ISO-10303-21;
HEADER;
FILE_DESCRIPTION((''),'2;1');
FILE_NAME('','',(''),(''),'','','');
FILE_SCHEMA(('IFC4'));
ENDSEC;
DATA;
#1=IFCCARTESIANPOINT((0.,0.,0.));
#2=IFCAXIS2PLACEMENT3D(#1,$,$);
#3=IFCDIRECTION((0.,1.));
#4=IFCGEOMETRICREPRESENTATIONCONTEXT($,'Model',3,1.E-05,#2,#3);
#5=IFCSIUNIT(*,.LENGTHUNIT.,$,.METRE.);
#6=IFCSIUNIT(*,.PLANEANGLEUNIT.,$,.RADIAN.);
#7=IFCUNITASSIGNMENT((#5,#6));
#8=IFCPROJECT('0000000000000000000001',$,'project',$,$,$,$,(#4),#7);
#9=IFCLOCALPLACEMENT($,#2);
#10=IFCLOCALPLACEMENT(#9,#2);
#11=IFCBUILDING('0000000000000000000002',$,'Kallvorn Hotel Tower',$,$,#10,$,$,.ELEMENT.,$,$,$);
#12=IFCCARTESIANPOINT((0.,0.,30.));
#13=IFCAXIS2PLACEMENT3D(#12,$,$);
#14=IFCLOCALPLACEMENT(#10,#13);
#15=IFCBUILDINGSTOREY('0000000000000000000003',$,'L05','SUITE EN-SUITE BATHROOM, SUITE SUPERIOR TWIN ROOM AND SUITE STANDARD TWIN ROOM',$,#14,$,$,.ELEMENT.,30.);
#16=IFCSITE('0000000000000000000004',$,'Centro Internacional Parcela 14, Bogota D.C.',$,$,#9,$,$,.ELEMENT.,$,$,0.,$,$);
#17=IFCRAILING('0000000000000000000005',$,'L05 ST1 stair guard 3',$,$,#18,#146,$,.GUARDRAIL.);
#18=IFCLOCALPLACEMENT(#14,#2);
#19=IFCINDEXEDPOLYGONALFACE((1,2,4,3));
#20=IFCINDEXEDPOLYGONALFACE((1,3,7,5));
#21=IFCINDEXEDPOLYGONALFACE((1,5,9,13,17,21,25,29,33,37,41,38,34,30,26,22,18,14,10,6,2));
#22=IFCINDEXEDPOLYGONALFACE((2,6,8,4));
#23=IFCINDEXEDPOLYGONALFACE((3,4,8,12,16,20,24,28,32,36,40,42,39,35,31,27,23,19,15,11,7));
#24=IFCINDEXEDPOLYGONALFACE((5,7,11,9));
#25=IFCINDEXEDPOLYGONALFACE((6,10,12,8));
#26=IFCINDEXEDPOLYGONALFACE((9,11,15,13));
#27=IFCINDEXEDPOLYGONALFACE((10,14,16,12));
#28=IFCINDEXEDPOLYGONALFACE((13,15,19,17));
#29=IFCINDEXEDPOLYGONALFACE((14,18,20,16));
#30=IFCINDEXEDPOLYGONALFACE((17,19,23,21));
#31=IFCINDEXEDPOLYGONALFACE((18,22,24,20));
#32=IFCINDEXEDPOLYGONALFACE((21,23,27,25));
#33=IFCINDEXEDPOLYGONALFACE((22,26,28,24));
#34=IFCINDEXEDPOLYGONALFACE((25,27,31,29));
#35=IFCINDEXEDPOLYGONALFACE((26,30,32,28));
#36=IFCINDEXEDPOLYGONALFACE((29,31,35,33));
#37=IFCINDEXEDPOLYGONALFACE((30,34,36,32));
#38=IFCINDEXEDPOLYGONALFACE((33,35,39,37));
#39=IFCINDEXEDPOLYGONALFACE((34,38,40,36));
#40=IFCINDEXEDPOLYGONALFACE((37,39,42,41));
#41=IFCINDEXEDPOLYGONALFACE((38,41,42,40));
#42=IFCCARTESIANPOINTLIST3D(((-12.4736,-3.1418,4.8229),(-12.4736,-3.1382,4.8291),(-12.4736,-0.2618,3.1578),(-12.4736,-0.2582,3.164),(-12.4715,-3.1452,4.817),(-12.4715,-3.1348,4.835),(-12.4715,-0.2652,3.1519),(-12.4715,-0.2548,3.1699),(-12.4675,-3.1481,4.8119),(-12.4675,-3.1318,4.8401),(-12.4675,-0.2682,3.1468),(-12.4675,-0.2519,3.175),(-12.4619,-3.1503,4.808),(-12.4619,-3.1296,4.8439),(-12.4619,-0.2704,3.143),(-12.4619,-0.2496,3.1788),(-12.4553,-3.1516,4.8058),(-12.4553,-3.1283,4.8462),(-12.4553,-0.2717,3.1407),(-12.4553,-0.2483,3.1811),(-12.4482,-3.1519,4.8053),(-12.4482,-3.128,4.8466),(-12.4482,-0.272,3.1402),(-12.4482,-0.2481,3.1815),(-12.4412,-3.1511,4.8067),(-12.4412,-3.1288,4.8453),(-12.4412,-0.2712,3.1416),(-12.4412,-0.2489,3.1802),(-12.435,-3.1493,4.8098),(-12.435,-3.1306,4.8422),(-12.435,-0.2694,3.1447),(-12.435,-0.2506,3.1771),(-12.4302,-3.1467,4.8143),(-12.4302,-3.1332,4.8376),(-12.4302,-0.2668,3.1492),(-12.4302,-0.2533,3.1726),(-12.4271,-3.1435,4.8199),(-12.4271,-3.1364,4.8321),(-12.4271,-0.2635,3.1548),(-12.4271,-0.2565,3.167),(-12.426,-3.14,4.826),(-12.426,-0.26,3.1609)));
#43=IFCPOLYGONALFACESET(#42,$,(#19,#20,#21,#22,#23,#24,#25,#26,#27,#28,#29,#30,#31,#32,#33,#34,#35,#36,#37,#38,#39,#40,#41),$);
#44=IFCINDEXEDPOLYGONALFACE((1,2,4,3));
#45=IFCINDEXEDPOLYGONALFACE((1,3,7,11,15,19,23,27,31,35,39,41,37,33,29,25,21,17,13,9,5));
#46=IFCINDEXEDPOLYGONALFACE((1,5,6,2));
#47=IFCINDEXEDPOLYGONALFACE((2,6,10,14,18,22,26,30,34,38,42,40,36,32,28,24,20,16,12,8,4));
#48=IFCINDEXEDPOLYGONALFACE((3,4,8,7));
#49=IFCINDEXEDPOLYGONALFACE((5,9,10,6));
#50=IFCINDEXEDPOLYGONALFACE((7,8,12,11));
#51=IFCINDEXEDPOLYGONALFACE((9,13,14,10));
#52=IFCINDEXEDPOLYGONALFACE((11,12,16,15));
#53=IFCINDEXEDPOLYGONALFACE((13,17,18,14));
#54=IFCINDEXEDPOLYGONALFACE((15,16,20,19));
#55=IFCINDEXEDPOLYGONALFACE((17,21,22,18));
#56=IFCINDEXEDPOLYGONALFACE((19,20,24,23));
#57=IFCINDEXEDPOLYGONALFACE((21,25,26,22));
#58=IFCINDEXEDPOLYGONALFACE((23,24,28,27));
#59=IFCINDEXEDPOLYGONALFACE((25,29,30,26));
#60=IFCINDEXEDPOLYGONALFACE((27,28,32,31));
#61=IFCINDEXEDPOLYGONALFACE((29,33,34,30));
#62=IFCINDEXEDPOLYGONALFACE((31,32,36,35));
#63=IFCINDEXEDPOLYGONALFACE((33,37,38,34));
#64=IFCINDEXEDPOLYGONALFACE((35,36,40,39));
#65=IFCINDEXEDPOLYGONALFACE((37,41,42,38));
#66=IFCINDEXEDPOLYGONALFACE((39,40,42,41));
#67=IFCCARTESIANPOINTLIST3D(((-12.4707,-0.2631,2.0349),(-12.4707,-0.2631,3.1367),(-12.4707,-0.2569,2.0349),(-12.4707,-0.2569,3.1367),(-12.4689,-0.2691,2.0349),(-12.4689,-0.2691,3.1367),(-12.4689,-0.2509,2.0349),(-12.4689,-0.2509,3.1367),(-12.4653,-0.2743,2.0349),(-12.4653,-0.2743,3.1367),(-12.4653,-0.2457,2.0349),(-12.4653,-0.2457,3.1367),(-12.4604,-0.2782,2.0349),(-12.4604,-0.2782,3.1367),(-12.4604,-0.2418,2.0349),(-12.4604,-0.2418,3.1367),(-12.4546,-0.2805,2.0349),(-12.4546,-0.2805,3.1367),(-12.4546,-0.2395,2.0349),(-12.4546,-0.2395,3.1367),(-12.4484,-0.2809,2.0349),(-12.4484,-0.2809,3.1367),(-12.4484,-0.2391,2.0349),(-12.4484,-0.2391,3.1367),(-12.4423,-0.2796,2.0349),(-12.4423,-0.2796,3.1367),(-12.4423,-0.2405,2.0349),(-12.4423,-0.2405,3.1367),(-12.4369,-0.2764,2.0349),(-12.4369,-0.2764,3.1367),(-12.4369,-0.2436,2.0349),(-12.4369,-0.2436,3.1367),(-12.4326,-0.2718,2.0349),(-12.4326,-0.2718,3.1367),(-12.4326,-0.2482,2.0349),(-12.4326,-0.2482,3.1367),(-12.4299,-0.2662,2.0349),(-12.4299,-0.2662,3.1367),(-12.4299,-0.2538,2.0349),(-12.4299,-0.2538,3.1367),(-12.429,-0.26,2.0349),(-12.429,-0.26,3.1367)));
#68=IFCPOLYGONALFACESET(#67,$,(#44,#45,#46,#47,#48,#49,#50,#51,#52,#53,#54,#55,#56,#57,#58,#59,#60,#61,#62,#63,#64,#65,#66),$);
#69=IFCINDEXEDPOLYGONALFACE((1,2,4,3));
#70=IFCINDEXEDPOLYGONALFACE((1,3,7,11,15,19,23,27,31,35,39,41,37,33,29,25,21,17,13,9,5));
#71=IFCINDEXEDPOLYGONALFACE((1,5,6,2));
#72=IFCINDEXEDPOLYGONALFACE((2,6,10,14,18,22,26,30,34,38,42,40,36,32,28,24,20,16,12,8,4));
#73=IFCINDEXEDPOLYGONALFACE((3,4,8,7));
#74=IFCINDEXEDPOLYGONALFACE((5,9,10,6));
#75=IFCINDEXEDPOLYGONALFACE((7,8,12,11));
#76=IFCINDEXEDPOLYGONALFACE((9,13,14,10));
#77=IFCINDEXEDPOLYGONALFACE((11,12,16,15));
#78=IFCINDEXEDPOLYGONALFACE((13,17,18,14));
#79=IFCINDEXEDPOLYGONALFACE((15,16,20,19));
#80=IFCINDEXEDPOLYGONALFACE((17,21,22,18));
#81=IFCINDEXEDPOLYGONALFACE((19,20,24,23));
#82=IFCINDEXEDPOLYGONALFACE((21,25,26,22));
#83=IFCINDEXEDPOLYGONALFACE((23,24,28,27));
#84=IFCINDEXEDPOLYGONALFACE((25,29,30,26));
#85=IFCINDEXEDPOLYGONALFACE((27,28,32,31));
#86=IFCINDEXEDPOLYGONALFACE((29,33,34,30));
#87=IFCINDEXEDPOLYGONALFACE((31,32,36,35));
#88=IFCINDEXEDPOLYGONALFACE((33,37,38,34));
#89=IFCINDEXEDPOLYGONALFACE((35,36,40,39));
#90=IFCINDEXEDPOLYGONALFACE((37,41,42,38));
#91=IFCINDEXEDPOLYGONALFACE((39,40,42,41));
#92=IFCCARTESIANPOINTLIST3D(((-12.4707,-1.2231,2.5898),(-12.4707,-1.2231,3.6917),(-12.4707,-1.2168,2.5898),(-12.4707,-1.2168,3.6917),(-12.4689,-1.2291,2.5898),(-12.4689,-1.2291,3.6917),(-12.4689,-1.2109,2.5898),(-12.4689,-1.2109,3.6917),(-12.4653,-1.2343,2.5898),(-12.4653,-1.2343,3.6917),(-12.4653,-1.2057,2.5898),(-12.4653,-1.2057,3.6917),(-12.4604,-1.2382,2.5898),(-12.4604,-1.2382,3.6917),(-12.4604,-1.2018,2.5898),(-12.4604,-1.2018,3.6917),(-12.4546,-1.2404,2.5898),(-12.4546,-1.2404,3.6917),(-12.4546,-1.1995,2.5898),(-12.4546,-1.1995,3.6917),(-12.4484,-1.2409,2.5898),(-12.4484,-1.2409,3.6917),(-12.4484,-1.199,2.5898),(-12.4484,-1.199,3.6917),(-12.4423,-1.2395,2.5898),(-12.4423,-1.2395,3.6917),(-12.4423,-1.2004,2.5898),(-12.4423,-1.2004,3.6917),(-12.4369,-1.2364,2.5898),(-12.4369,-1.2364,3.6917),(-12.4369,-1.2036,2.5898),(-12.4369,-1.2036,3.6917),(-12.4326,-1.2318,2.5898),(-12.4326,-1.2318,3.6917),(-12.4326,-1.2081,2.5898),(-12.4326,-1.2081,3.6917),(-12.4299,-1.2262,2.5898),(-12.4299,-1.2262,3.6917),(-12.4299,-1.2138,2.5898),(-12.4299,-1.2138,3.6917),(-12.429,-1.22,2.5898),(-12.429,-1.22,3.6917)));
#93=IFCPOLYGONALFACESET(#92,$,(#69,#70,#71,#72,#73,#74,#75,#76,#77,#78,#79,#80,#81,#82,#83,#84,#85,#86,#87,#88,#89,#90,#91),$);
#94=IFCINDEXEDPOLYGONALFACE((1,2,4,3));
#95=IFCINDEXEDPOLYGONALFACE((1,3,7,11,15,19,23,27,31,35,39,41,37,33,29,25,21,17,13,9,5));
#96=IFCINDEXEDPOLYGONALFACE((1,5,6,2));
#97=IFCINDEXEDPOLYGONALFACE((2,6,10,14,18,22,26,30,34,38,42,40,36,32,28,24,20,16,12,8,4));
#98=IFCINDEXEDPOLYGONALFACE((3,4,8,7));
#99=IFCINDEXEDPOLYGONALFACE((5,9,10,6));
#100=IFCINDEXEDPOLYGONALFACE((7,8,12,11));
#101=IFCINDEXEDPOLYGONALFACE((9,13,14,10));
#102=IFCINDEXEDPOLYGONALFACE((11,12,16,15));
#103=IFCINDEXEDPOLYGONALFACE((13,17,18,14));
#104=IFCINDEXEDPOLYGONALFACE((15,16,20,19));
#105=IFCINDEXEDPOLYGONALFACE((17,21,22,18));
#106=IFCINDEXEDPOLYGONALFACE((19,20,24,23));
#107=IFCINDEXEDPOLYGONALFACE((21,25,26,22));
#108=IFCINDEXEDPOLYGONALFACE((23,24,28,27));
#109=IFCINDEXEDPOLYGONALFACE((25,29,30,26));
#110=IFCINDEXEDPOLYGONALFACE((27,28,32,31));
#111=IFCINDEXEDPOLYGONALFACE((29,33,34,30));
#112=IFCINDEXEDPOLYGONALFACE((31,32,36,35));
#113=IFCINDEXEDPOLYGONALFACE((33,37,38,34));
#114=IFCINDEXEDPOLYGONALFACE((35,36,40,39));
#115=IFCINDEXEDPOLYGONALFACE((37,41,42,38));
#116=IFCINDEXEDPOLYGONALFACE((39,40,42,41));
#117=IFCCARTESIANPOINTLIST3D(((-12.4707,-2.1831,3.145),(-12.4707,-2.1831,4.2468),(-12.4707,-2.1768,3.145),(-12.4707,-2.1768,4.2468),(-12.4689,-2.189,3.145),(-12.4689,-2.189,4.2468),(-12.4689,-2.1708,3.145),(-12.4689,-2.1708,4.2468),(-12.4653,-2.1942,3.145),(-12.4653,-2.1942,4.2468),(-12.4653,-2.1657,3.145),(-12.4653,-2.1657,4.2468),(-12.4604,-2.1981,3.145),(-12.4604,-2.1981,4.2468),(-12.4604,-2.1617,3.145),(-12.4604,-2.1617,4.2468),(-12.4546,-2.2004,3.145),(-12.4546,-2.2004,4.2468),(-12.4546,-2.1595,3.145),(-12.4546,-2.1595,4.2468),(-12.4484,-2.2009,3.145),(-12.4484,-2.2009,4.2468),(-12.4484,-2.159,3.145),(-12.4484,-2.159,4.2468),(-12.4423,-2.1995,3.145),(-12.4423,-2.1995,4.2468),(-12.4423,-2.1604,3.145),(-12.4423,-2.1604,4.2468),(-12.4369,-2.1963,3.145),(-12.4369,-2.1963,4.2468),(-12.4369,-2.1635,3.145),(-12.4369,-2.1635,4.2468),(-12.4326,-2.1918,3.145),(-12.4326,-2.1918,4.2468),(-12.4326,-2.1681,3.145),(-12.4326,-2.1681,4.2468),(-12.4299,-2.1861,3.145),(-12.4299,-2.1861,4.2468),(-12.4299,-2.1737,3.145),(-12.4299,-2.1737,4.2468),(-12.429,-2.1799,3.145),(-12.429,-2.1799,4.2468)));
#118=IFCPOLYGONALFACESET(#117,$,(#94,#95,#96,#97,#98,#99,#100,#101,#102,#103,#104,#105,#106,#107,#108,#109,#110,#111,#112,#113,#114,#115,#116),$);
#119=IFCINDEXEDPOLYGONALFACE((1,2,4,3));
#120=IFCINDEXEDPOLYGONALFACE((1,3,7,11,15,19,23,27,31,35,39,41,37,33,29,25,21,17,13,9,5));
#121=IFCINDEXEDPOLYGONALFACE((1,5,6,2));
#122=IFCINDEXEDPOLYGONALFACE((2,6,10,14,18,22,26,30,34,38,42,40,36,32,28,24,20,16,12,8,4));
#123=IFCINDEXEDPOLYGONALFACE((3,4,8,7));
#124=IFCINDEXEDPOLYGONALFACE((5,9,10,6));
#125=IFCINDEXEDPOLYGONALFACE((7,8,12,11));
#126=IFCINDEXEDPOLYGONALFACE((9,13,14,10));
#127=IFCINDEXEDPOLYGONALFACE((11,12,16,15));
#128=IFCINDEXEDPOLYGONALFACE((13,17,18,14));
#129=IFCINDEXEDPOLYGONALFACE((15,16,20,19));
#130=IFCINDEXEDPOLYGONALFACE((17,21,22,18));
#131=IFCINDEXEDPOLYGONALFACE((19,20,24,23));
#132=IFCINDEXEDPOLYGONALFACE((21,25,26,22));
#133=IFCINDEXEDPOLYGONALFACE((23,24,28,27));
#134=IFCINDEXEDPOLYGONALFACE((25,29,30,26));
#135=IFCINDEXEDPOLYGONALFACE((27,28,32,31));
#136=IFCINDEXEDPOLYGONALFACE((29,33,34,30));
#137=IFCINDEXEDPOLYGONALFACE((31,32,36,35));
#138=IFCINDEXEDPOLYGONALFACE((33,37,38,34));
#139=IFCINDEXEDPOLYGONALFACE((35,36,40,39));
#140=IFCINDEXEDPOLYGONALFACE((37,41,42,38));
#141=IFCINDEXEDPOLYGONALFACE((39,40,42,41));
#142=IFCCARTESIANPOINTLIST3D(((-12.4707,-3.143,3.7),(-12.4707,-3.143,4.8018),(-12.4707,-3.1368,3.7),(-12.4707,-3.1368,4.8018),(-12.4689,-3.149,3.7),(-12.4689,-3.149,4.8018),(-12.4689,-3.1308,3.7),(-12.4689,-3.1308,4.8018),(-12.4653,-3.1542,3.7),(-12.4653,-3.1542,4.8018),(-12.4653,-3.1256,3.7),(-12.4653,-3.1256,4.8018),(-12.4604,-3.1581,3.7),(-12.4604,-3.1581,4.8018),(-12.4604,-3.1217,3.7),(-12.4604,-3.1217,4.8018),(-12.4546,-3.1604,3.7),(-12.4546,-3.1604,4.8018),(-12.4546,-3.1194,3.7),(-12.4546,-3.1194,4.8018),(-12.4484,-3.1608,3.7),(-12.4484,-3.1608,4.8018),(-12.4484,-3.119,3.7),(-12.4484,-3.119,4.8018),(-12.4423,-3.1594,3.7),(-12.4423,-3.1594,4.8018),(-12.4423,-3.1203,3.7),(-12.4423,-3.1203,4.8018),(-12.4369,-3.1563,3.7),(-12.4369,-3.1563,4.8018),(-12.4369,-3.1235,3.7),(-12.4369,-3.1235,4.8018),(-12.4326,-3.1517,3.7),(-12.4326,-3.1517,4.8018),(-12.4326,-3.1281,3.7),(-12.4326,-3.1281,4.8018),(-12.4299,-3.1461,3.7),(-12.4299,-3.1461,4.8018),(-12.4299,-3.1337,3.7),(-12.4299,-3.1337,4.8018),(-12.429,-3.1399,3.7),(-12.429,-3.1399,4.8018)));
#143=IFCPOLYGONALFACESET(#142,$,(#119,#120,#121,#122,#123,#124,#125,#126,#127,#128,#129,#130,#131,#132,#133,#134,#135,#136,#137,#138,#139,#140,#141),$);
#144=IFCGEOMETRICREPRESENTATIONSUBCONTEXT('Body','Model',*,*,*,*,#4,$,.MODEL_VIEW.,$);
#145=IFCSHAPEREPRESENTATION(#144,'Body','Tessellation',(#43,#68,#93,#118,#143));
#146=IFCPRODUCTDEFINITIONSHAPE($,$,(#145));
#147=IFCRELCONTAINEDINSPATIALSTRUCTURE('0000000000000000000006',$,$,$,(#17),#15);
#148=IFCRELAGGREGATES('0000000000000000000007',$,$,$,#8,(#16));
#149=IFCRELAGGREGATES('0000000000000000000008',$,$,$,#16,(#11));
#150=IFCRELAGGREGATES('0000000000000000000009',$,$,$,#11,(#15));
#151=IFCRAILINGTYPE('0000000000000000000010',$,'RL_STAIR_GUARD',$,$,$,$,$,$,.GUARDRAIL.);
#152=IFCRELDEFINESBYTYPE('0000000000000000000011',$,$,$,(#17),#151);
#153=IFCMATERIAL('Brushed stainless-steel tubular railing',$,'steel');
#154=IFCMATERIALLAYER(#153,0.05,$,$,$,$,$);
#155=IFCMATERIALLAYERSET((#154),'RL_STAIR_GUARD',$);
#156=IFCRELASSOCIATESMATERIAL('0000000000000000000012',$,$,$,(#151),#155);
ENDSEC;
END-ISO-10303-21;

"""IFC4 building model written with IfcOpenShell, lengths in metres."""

from ifc_helpers import new_model, si_unit, direction, frame, origin, origin_2d, place, context, subcontext, project, spatial, circle, extrude, material, layer, layer_set, type_object, element, save


model = new_model("IFC4")

# Units and contexts
model_context = context("Model", 3, precision=1e-05, world=origin(), true_north=direction((0.0, 1.0)))
body_context = subcontext(model_context, "Body", "Model", "MODEL_VIEW")
ifc_project = project(units=[si_unit("LENGTHUNIT", "METRE"), si_unit("PLANEANGLEUNIT", "RADIAN")], contexts=[model_context])

# Site, building, storey
site_placement = place(None, origin())
site = spatial("IfcSite", under=ifc_project, at=site_placement, Name="Centro Internacional Parcela 14, Bogota D.C.", CompositionType="ELEMENT", RefElevation=0.0)
building_placement = place(site_placement, origin())
building = spatial("IfcBuilding", under=site, at=building_placement, Name="Kallvorn Hotel Tower", CompositionType="ELEMENT")
storey_placement = place(building_placement, frame((0.0, 0.0, 30.0)))
storey = spatial("IfcBuildingStorey", under=building, at=storey_placement, Name="L05", Description="SUITE EN-SUITE BATHROOM, SUITE SUPERIOR TWIN ROOM AND SUITE STANDARD TWIN ROOM", CompositionType="ELEMENT", Elevation=30.0)

# Railing
ifc_material_1 = material(Name="Brushed stainless-steel tubular railing", Category="steel")
ifc_layer_1 = layer(ifc_material_1, 0.05)
ifc_layer_set_1 = layer_set([ifc_layer_1], Name="RL_STAIR_GUARD")
railing_type_1 = type_object("IfcRailingType", Name="RL_STAIR_GUARD", PredefinedType="GUARDRAIL", material=ifc_layer_set_1)
railing_1_placement = place(storey_placement, frame((-12.45, -0.26, 2.0349)))
element("IfcRailing", 1, at=railing_1_placement, inside=storey, type_object=railing_type_1, Name="L05 ST1 stair guard 3", PredefinedType="GUARDRAIL", context=body_context, shape_type="SweptSolid", body=[
    extrude(circle(Radius=0.0239, at=origin_2d()), frame((0.0, 0.0, 1.126), z_axis=(0.0, -0.865721, 0.500527), x_axis=(1.0, 0.0, 0.0)), (0.0, 0.0, 1.0), 3.3267),
    extrude(circle(Radius=0.021, at=origin_2d()), origin(), (0.0, 0.0, 1.0), 1.1018),
    extrude(circle(Radius=0.021, at=origin_2d()), frame((0.0, -0.96, 0.5549)), (0.0, 0.0, 1.0), 1.1018),
    extrude(circle(Radius=0.021, at=origin_2d()), frame((0.0, -1.9199, 1.1101)), (0.0, 0.0, 1.0), 1.1018),
    extrude(circle(Radius=0.021, at=origin_2d()), frame((0.0, -2.8799, 1.665)), (0.0, 0.0, 1.0), 1.1018),
])

save(model, "model.ifc")
